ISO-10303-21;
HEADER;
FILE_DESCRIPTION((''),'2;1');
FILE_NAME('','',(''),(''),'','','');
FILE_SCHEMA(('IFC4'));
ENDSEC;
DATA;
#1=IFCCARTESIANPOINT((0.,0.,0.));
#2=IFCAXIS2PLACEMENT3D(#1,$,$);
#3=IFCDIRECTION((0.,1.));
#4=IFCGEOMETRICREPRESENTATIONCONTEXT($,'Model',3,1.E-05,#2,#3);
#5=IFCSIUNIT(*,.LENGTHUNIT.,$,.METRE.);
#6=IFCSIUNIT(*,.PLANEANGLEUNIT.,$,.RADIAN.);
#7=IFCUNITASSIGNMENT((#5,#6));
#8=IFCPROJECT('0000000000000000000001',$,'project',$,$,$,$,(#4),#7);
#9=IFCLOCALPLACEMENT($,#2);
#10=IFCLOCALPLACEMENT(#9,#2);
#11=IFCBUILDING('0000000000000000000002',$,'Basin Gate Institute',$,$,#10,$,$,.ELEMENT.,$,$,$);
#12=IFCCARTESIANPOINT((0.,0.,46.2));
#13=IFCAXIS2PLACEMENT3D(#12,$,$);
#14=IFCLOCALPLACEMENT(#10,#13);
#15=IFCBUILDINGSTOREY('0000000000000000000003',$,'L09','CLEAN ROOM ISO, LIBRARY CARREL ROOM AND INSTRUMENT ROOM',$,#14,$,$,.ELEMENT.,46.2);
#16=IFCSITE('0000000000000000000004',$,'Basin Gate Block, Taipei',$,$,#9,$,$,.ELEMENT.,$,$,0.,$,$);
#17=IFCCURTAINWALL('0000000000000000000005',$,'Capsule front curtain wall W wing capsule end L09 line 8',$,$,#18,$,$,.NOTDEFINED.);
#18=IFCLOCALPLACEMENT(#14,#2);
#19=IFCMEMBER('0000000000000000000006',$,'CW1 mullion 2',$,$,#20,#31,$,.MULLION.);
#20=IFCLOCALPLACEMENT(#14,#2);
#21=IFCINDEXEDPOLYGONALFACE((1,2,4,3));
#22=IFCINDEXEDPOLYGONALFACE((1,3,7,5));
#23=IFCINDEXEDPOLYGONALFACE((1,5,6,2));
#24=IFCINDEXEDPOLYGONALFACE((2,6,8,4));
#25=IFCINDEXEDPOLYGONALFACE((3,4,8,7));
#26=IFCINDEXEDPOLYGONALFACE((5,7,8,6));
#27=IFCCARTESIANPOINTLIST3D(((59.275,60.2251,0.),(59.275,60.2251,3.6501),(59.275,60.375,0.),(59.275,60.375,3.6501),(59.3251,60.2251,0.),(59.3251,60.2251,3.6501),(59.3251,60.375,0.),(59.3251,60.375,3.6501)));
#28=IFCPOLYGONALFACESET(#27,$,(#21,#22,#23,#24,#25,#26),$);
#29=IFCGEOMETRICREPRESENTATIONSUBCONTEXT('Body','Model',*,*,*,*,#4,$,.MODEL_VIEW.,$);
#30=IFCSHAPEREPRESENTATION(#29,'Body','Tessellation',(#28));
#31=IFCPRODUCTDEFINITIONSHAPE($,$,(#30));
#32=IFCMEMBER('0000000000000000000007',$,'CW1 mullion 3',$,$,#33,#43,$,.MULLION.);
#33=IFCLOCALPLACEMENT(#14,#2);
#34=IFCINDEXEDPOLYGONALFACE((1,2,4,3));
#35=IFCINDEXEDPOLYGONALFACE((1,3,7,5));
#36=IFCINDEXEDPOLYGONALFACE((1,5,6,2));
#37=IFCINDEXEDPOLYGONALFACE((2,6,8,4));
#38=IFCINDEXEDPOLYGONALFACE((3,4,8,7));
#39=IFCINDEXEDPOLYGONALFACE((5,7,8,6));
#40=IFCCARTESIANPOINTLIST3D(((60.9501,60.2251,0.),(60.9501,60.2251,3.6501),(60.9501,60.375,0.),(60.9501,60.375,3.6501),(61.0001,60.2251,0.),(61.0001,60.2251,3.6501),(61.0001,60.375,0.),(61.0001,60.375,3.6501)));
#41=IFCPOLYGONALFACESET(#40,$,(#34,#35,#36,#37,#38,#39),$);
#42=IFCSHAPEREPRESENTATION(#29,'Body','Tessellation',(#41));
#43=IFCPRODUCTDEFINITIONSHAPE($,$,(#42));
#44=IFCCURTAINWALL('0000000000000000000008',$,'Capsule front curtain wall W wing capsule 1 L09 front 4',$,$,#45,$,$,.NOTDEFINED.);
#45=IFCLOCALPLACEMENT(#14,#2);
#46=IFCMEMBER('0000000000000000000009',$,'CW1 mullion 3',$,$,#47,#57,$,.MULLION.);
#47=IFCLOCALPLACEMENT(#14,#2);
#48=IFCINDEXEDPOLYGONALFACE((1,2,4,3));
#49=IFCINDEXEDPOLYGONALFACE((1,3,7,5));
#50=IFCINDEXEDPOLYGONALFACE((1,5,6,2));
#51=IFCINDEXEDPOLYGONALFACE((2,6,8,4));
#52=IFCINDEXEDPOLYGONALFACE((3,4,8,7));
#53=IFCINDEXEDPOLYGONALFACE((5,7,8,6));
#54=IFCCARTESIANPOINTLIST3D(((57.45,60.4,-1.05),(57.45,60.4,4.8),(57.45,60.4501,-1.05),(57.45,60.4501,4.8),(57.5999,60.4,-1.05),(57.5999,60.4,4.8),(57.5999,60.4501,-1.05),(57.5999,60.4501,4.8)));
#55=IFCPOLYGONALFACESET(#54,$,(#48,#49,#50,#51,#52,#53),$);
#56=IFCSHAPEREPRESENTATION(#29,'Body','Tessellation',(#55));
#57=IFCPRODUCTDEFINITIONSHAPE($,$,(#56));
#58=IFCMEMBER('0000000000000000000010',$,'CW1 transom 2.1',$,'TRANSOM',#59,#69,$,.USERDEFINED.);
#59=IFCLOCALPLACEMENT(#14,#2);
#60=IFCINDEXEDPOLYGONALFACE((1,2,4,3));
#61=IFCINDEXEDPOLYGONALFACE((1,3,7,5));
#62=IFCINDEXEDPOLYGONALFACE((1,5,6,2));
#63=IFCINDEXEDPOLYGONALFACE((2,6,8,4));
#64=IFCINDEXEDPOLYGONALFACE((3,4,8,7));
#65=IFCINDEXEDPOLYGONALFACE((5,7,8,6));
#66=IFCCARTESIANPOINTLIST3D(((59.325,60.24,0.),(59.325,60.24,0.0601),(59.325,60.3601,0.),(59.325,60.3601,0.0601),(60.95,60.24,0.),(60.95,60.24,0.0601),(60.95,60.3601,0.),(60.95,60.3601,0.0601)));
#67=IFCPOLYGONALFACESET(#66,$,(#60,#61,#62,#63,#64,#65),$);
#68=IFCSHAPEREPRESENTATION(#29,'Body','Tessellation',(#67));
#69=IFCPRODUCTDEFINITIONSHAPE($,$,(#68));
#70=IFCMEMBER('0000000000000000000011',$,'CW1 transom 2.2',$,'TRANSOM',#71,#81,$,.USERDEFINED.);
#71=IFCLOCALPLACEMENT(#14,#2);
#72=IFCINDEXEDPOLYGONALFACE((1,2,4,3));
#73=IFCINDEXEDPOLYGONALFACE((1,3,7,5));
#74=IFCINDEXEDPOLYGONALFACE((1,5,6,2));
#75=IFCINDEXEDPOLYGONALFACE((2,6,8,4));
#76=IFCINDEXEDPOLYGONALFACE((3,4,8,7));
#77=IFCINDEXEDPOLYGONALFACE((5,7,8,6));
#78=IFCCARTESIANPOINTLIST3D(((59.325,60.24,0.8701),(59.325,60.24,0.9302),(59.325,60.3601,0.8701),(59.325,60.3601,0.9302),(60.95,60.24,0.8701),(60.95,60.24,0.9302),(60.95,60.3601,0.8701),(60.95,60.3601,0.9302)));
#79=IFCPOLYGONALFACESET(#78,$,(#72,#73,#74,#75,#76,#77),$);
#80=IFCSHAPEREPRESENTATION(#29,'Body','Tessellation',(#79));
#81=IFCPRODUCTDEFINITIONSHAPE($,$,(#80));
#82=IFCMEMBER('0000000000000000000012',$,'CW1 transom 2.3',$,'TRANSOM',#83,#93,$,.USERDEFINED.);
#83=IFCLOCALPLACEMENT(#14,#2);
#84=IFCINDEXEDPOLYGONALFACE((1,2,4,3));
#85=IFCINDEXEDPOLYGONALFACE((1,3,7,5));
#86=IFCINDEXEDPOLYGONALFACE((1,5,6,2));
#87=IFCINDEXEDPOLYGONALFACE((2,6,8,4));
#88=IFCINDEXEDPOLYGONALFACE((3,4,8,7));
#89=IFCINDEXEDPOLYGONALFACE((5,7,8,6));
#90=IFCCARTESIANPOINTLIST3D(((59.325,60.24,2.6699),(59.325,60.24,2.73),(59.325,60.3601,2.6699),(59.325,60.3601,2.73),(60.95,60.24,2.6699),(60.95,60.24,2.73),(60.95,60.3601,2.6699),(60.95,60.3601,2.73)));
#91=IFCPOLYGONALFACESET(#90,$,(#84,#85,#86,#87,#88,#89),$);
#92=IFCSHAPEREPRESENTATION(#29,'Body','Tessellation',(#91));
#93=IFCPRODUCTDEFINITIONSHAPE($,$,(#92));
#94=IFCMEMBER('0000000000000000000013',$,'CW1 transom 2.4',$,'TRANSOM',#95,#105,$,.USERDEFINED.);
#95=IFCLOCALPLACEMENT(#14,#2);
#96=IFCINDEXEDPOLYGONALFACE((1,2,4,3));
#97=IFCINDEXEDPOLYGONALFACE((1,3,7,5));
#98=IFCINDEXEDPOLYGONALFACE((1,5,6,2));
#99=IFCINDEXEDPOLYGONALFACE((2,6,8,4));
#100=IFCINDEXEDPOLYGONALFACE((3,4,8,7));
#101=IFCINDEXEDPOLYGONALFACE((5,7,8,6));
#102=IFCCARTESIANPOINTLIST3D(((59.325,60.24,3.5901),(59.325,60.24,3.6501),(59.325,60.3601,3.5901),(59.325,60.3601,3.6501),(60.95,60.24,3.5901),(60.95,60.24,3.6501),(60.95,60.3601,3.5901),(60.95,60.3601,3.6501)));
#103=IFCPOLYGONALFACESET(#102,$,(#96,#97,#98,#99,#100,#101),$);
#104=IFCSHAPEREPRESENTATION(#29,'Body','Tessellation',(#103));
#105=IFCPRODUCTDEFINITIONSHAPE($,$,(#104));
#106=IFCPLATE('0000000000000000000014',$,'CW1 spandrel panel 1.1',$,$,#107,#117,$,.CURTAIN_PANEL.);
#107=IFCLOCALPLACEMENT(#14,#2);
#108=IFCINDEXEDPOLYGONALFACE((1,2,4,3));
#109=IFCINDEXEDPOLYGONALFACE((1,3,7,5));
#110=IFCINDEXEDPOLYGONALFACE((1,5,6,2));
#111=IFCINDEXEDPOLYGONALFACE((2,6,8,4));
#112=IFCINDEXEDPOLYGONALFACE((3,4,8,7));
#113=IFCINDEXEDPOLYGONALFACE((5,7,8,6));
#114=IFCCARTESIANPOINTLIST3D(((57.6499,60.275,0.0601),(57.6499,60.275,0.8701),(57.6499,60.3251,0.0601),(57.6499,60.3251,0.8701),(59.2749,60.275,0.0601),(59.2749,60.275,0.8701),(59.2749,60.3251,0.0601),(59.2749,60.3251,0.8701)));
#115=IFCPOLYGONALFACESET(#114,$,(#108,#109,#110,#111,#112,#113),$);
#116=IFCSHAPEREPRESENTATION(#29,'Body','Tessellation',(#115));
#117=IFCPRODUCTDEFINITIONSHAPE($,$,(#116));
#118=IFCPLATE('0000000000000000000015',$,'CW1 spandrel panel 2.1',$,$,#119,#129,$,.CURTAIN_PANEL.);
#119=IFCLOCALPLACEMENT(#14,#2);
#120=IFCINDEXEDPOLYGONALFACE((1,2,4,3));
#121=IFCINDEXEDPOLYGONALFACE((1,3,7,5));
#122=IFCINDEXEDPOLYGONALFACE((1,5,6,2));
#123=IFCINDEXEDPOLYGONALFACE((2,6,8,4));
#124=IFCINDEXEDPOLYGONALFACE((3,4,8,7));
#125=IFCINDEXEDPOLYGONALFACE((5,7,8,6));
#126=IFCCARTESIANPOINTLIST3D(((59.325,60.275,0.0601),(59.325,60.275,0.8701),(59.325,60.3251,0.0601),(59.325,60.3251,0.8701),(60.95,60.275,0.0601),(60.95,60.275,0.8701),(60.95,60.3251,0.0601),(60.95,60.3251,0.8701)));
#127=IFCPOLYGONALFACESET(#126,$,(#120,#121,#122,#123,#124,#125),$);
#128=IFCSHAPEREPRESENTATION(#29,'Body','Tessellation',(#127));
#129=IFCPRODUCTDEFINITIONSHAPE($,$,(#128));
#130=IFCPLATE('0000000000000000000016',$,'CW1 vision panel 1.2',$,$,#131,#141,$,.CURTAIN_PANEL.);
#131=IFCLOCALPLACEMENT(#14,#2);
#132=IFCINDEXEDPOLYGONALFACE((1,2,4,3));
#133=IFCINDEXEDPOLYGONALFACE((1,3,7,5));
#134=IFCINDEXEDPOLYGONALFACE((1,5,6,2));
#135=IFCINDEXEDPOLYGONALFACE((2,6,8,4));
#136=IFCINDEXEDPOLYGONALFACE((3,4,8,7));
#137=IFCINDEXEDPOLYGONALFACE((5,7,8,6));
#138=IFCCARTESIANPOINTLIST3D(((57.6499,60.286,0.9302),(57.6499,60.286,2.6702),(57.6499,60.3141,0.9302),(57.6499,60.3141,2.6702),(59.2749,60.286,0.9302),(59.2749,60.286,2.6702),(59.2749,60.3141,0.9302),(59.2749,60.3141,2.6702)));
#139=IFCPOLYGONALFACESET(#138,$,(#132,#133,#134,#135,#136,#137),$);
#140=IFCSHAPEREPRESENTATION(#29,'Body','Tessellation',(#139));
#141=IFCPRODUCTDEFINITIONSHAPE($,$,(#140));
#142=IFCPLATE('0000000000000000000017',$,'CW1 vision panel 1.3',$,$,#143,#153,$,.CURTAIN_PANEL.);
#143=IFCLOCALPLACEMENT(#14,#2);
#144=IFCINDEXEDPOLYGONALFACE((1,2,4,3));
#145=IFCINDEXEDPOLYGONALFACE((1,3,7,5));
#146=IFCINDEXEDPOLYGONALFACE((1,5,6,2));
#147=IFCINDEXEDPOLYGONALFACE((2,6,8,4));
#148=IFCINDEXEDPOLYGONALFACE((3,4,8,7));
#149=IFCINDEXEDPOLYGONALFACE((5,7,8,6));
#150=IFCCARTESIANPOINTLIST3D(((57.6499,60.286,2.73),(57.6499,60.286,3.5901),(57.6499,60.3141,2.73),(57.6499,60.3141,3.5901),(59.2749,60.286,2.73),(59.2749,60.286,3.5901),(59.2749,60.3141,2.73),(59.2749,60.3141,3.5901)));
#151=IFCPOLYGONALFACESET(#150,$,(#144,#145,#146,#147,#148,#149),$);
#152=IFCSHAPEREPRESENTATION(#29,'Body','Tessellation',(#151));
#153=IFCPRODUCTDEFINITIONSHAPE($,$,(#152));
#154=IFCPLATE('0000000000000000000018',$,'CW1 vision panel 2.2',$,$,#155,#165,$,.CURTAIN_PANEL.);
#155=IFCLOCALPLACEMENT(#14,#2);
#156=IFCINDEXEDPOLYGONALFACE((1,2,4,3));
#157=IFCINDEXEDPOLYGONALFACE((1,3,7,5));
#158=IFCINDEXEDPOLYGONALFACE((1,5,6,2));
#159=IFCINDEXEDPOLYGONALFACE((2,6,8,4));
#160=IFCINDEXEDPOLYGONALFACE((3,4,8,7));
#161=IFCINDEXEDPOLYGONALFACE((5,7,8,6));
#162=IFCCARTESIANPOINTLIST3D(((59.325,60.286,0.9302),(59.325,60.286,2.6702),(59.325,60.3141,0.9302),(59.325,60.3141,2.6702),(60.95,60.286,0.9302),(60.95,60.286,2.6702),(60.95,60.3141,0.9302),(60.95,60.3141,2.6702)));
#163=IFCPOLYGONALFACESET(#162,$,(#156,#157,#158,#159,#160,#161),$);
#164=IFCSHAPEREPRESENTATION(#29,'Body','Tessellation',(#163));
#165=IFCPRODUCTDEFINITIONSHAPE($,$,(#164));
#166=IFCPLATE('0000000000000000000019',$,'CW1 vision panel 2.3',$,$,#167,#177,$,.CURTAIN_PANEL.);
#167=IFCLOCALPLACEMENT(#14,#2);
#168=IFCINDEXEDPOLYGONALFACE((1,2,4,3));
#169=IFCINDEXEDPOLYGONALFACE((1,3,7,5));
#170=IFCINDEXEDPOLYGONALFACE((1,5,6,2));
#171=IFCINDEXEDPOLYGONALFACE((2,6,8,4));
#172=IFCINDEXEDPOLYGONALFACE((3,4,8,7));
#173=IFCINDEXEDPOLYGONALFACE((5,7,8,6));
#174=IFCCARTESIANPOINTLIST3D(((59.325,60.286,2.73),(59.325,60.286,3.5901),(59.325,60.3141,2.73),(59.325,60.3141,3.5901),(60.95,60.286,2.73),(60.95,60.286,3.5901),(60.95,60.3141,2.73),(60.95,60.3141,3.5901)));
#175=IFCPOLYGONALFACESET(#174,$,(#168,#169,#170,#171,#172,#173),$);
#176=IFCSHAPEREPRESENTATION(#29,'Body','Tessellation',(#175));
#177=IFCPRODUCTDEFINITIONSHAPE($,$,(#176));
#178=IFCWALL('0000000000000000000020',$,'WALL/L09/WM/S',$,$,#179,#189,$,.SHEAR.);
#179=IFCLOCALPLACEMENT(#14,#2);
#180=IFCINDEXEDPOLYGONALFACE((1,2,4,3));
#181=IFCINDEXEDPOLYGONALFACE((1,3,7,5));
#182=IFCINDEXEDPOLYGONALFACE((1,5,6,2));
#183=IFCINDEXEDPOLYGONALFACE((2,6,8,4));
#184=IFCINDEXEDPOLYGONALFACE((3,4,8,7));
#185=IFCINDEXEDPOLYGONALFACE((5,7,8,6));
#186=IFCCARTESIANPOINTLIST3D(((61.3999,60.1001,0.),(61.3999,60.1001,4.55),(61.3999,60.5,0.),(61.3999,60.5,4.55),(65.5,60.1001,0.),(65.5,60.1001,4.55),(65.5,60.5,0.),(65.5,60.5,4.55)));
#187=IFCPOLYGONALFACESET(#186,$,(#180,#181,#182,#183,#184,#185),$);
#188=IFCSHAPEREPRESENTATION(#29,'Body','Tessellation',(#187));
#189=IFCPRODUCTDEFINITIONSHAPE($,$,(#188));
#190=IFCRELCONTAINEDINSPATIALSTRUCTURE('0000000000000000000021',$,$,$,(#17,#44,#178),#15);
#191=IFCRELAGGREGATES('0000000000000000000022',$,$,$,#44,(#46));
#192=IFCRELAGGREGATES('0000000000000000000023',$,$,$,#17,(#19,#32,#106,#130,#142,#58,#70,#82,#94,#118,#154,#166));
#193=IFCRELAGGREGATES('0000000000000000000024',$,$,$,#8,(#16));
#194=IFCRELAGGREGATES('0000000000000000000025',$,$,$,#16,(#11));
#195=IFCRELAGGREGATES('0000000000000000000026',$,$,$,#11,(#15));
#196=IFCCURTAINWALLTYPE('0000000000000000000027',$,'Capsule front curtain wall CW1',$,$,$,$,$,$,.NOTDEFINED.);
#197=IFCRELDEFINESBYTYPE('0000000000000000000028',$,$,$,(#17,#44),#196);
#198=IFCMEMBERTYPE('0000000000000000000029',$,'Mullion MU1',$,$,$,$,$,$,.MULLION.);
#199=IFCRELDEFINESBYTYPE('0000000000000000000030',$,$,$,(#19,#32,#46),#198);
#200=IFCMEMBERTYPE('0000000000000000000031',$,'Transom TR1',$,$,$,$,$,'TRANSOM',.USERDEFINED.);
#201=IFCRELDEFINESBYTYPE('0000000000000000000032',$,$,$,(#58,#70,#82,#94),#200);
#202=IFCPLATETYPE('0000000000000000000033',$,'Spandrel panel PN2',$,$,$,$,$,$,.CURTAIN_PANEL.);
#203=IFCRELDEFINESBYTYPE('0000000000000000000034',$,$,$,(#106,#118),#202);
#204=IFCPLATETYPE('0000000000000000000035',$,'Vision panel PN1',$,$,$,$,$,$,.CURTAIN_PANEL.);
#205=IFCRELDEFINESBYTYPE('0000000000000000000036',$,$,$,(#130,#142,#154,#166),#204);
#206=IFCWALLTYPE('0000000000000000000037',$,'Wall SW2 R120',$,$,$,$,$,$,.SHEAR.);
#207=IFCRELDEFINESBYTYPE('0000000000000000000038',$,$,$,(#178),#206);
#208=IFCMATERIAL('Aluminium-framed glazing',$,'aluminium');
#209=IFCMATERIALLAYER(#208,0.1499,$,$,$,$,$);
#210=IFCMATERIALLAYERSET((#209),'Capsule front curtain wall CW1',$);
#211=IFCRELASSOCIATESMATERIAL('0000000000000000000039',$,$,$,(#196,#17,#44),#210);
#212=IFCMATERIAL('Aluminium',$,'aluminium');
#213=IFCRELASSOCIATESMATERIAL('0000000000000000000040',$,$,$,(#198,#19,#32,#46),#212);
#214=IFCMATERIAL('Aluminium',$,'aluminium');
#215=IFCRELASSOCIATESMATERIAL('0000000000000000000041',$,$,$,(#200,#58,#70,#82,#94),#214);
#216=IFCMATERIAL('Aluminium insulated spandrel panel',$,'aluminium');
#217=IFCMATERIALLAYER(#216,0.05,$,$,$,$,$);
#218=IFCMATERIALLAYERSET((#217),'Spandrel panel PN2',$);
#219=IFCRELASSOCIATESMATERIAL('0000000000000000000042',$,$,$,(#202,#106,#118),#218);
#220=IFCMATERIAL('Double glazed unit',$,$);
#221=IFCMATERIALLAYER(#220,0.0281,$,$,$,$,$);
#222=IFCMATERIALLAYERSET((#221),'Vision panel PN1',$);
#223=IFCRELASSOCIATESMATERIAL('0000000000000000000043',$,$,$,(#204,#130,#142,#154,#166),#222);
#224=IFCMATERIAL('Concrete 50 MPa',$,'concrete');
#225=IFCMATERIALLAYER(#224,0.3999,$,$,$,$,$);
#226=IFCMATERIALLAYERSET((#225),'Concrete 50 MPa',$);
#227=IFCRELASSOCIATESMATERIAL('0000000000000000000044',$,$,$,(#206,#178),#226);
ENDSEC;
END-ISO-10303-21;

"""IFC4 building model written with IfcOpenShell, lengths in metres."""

from ifc_helpers import new_model, si_unit, direction, frame, frame_2d, origin, origin_2d, place, context, subcontext, project, spatial, rectangle, extrude, material, layer, layer_set, material_profile, profile_set, type_object, element, aggregate, save


model = new_model("IFC4")

# Units and contexts
model_context = context("Model", 3, precision=1e-05, world=origin(), true_north=direction((0.0, 1.0)))
body_context = subcontext(model_context, "Body", "Model", "MODEL_VIEW")
ifc_project = project(units=[si_unit("LENGTHUNIT", "METRE"), si_unit("PLANEANGLEUNIT", "RADIAN")], contexts=[model_context])

# Site, building, storey
site_placement = place(None, origin())
site = spatial("IfcSite", under=ifc_project, at=site_placement, Name="Basin Gate Block, Taipei", CompositionType="ELEMENT", RefElevation=0.0)
building_placement = place(site_placement, origin())
building = spatial("IfcBuilding", under=site, at=building_placement, Name="Basin Gate Institute", CompositionType="ELEMENT")
storey_placement = place(building_placement, frame((0.0, 0.0, 46.2)))
storey = spatial("IfcBuildingStorey", under=building, at=storey_placement, Name="L09", Description="CLEAN ROOM ISO, LIBRARY CARREL ROOM AND INSTRUMENT ROOM", CompositionType="ELEMENT", Elevation=46.2)

# Curtain wall, members
ifc_material_1 = material(Name="Aluminium-framed glazing", Category="aluminium")
ifc_layer_1 = layer(ifc_material_1, 0.1499)
ifc_layer_set_1 = layer_set([ifc_layer_1], Name="Capsule front curtain wall CW1")
curtain_wall_type = type_object("IfcCurtainWallType", Name="Capsule front curtain wall CW1", PredefinedType="NOTDEFINED", material=ifc_layer_set_1)
curtain_wall_1_placement = place(storey_placement, origin())
curtain_wall_1 = element("IfcCurtainWall", 1, at=curtain_wall_1_placement, inside=storey, type_object=curtain_wall_type, material=ifc_layer_set_1, Name="Capsule front curtain wall W wing capsule end L09 line 8", PredefinedType="NOTDEFINED")
ifc_material_2 = material(Name="Aluminium", Category="aluminium")
ifc_material_profile_1 = material_profile(ifc_material_2, rectangle(XDim=0.1499, YDim=0.05, at=origin_2d()), Name="Mullion MU1 150 x 50")
ifc_profile_set_1 = profile_set([ifc_material_profile_1], Name="Aluminium")
member_type_1 = type_object("IfcMemberType", Name="Mullion MU1", PredefinedType="MULLION", material=ifc_profile_set_1)
member_1_placement = place(storey_placement, frame((59.3, 60.3, 0.0), z_axis=(0.0, 0.0, 1.0), x_axis=(0.0, 1.0, 0.0)))
member_1 = element("IfcMember", 2, at=member_1_placement, type_object=member_type_1, material=ifc_profile_set_1, Name="CW1 mullion 2", PredefinedType="MULLION", context=body_context, shape_type="SweptSolid", body=[
    extrude(rectangle(XDim=0.1499, YDim=0.05, at=origin_2d()), origin(), (0.0, 0.0, 1.0), 3.6501),
])
member_2_placement = place(storey_placement, frame((60.9751, 60.3, 0.0), z_axis=(0.0, 0.0, 1.0), x_axis=(0.0, 1.0, 0.0)))
member_2 = element("IfcMember", 3, at=member_2_placement, type_object=member_type_1, material=ifc_profile_set_1, Name="CW1 mullion 3", PredefinedType="MULLION", context=body_context, shape_type="SweptSolid", body=[
    extrude(rectangle(XDim=0.1499, YDim=0.05, at=origin_2d()), origin(), (0.0, 0.0, 1.0), 3.6501),
])

# Curtain wall, member
curtain_wall_2_placement = place(storey_placement, origin())
curtain_wall_2 = element("IfcCurtainWall", 4, at=curtain_wall_2_placement, inside=storey, type_object=curtain_wall_type, material=ifc_layer_set_1, Name="Capsule front curtain wall W wing capsule 1 L09 front 4", PredefinedType="NOTDEFINED")
member_3_placement = place(storey_placement, frame((57.5249, 60.425, -1.05), z_axis=(0.0, 0.0, 1.0), x_axis=(-1.0, 0.0, 0.0)))
member_3 = element("IfcMember", 5, at=member_3_placement, type_object=member_type_1, material=ifc_profile_set_1, Name="CW1 mullion 3", PredefinedType="MULLION", context=body_context, shape_type="SweptSolid", body=[
    extrude(rectangle(XDim=0.1499, YDim=0.05, at=origin_2d()), origin(), (0.0, 0.0, 1.0), 5.8501),
])
aggregate(curtain_wall_2, [member_3])

# Members
ifc_material_3 = material(Name="Aluminium", Category="aluminium")
ifc_material_profile_2 = material_profile(ifc_material_3, rectangle(XDim=0.1201, YDim=0.0601, at=origin_2d()), Name="Transom TR1 120 x 60")
ifc_profile_set_2 = profile_set([ifc_material_profile_2], Name="Aluminium")
member_type_2 = type_object("IfcMemberType", Name="Transom TR1", ElementType="TRANSOM", PredefinedType="USERDEFINED", material=ifc_profile_set_2)
member_4_placement = place(storey_placement, frame((59.325, 60.3, 0.03), z_axis=(1.0, 0.0, 0.0), x_axis=(0.0, 1.0, 0.0)))
member_4 = element("IfcMember", 6, at=member_4_placement, type_object=member_type_2, material=ifc_profile_set_2, Name="CW1 transom 2.1", ObjectType="TRANSOM", PredefinedType="USERDEFINED", context=body_context, shape_type="SweptSolid", body=[
    extrude(rectangle(XDim=0.1201, YDim=0.0601, at=origin_2d()), origin(), (0.0, 0.0, 1.0), 1.625),
])
member_5_placement = place(storey_placement, frame((59.325, 60.3, 0.9001), z_axis=(1.0, 0.0, 0.0), x_axis=(0.0, 1.0, 0.0)))
member_5 = element("IfcMember", 7, at=member_5_placement, type_object=member_type_2, material=ifc_profile_set_2, Name="CW1 transom 2.2", ObjectType="TRANSOM", PredefinedType="USERDEFINED", context=body_context, shape_type="SweptSolid", body=[
    extrude(rectangle(XDim=0.1201, YDim=0.0601, at=origin_2d()), origin(), (0.0, 0.0, 1.0), 1.625),
])
member_6_placement = place(storey_placement, frame((59.325, 60.3, 2.7), z_axis=(1.0, 0.0, 0.0), x_axis=(0.0, 1.0, 0.0)))
member_6 = element("IfcMember", 8, at=member_6_placement, type_object=member_type_2, material=ifc_profile_set_2, Name="CW1 transom 2.3", ObjectType="TRANSOM", PredefinedType="USERDEFINED", context=body_context, shape_type="SweptSolid", body=[
    extrude(rectangle(XDim=0.1201, YDim=0.0601, at=origin_2d()), origin(), (0.0, 0.0, 1.0), 1.625),
])
member_7_placement = place(storey_placement, frame((59.325, 60.3, 3.6201), z_axis=(1.0, 0.0, 0.0), x_axis=(0.0, 1.0, 0.0)))
member_7 = element("IfcMember", 9, at=member_7_placement, type_object=member_type_2, material=ifc_profile_set_2, Name="CW1 transom 2.4", ObjectType="TRANSOM", PredefinedType="USERDEFINED", context=body_context, shape_type="SweptSolid", body=[
    extrude(rectangle(XDim=0.1201, YDim=0.0601, at=origin_2d()), origin(), (0.0, 0.0, 1.0), 1.625),
])

# Plates
ifc_material_4 = material(Name="Aluminium insulated spandrel panel", Category="aluminium")
ifc_layer_2 = layer(ifc_material_4, 0.05)
ifc_layer_set_2 = layer_set([ifc_layer_2], Name="Spandrel panel PN2")
plate_type_1 = type_object("IfcPlateType", Name="Spandrel panel PN2", PredefinedType="CURTAIN_PANEL", material=ifc_layer_set_2)
plate_1_placement = place(storey_placement, frame((58.4624, 60.3, 0.0601), z_axis=(0.0, 0.0, 1.0), x_axis=(1.0, 0.0, 0.0)))
plate_1 = element("IfcPlate", 10, at=plate_1_placement, type_object=plate_type_1, material=ifc_layer_set_2, Name="CW1 spandrel panel 1.1", PredefinedType="CURTAIN_PANEL", context=body_context, shape_type="SweptSolid", body=[
    extrude(rectangle(XDim=1.625, YDim=0.05, at=origin_2d()), origin(), (0.0, 0.0, 1.0), 0.8101),
])
plate_2_placement = place(storey_placement, frame((60.1375, 60.3, 0.0601), z_axis=(0.0, 0.0, 1.0), x_axis=(1.0, 0.0, 0.0)))
plate_2 = element("IfcPlate", 11, at=plate_2_placement, type_object=plate_type_1, material=ifc_layer_set_2, Name="CW1 spandrel panel 2.1", PredefinedType="CURTAIN_PANEL", context=body_context, shape_type="SweptSolid", body=[
    extrude(rectangle(XDim=1.625, YDim=0.05, at=origin_2d()), origin(), (0.0, 0.0, 1.0), 0.8101),
])
ifc_material_5 = material(Name="Double glazed unit")
ifc_layer_3 = layer(ifc_material_5, 0.0281)
ifc_layer_set_3 = layer_set([ifc_layer_3], Name="Vision panel PN1")
plate_type_2 = type_object("IfcPlateType", Name="Vision panel PN1", PredefinedType="CURTAIN_PANEL", material=ifc_layer_set_3)
plate_3_placement = place(storey_placement, frame((58.4624, 60.3, 0.9302), z_axis=(0.0, 0.0, 1.0), x_axis=(1.0, 0.0, 0.0)))
plate_3 = element("IfcPlate", 12, at=plate_3_placement, type_object=plate_type_2, material=ifc_layer_set_3, Name="CW1 vision panel 1.2", PredefinedType="CURTAIN_PANEL", context=body_context, shape_type="SweptSolid", body=[
    extrude(rectangle(XDim=1.625, YDim=0.0281, at=origin_2d()), origin(), (0.0, 0.0, 1.0), 1.74),
])
plate_4_placement = place(storey_placement, frame((58.4624, 60.3, 2.73), z_axis=(0.0, 0.0, 1.0), x_axis=(1.0, 0.0, 0.0)))
plate_4 = element("IfcPlate", 13, at=plate_4_placement, type_object=plate_type_2, material=ifc_layer_set_3, Name="CW1 vision panel 1.3", PredefinedType="CURTAIN_PANEL", context=body_context, shape_type="SweptSolid", body=[
    extrude(rectangle(XDim=1.625, YDim=0.0281, at=origin_2d()), origin(), (0.0, 0.0, 1.0), 0.8601),
])
plate_5_placement = place(storey_placement, frame((60.1375, 60.3, 0.9302), z_axis=(0.0, 0.0, 1.0), x_axis=(1.0, 0.0, 0.0)))
plate_5 = element("IfcPlate", 14, at=plate_5_placement, type_object=plate_type_2, material=ifc_layer_set_3, Name="CW1 vision panel 2.2", PredefinedType="CURTAIN_PANEL", context=body_context, shape_type="SweptSolid", body=[
    extrude(rectangle(XDim=1.625, YDim=0.0281, at=origin_2d()), origin(), (0.0, 0.0, 1.0), 1.74),
])
plate_6_placement = place(storey_placement, frame((60.1375, 60.3, 2.73), z_axis=(0.0, 0.0, 1.0), x_axis=(1.0, 0.0, 0.0)))
plate_6 = element("IfcPlate", 15, at=plate_6_placement, type_object=plate_type_2, material=ifc_layer_set_3, Name="CW1 vision panel 2.3", PredefinedType="CURTAIN_PANEL", context=body_context, shape_type="SweptSolid", body=[
    extrude(rectangle(XDim=1.625, YDim=0.0281, at=origin_2d()), origin(), (0.0, 0.0, 1.0), 0.8601),
])
aggregate(curtain_wall_1, [member_1, member_2, plate_1, plate_3, plate_4, member_4, member_5, member_6, member_7, plate_2, plate_5, plate_6])

# Wall
ifc_material_6 = material(Name="Concrete 50 MPa", Category="concrete")
ifc_layer_4 = layer(ifc_material_6, 0.3999)
ifc_layer_set_4 = layer_set([ifc_layer_4], Name="Concrete 50 MPa")
wall_type = type_object("IfcWallType", Name="Wall SW2 R120", PredefinedType="SHEAR", material=ifc_layer_set_4)
wall_placement = place(storey_placement, frame((61.3999, 60.3, 0.0), z_axis=(0.0, 0.0, 1.0), x_axis=(1.0, 0.0, 0.0)))
element("IfcWall", 16, at=wall_placement, inside=storey, type_object=wall_type, material=ifc_layer_set_4, Name="WALL/L09/WM/S", PredefinedType="SHEAR", context=body_context, shape_type="SweptSolid", body=[
    extrude(rectangle(XDim=4.1001, YDim=0.3999, at=frame_2d((2.05, 0.0))), origin(), (0.0, 0.0, 1.0), 4.55),
])

save(model, "model.ifc")
